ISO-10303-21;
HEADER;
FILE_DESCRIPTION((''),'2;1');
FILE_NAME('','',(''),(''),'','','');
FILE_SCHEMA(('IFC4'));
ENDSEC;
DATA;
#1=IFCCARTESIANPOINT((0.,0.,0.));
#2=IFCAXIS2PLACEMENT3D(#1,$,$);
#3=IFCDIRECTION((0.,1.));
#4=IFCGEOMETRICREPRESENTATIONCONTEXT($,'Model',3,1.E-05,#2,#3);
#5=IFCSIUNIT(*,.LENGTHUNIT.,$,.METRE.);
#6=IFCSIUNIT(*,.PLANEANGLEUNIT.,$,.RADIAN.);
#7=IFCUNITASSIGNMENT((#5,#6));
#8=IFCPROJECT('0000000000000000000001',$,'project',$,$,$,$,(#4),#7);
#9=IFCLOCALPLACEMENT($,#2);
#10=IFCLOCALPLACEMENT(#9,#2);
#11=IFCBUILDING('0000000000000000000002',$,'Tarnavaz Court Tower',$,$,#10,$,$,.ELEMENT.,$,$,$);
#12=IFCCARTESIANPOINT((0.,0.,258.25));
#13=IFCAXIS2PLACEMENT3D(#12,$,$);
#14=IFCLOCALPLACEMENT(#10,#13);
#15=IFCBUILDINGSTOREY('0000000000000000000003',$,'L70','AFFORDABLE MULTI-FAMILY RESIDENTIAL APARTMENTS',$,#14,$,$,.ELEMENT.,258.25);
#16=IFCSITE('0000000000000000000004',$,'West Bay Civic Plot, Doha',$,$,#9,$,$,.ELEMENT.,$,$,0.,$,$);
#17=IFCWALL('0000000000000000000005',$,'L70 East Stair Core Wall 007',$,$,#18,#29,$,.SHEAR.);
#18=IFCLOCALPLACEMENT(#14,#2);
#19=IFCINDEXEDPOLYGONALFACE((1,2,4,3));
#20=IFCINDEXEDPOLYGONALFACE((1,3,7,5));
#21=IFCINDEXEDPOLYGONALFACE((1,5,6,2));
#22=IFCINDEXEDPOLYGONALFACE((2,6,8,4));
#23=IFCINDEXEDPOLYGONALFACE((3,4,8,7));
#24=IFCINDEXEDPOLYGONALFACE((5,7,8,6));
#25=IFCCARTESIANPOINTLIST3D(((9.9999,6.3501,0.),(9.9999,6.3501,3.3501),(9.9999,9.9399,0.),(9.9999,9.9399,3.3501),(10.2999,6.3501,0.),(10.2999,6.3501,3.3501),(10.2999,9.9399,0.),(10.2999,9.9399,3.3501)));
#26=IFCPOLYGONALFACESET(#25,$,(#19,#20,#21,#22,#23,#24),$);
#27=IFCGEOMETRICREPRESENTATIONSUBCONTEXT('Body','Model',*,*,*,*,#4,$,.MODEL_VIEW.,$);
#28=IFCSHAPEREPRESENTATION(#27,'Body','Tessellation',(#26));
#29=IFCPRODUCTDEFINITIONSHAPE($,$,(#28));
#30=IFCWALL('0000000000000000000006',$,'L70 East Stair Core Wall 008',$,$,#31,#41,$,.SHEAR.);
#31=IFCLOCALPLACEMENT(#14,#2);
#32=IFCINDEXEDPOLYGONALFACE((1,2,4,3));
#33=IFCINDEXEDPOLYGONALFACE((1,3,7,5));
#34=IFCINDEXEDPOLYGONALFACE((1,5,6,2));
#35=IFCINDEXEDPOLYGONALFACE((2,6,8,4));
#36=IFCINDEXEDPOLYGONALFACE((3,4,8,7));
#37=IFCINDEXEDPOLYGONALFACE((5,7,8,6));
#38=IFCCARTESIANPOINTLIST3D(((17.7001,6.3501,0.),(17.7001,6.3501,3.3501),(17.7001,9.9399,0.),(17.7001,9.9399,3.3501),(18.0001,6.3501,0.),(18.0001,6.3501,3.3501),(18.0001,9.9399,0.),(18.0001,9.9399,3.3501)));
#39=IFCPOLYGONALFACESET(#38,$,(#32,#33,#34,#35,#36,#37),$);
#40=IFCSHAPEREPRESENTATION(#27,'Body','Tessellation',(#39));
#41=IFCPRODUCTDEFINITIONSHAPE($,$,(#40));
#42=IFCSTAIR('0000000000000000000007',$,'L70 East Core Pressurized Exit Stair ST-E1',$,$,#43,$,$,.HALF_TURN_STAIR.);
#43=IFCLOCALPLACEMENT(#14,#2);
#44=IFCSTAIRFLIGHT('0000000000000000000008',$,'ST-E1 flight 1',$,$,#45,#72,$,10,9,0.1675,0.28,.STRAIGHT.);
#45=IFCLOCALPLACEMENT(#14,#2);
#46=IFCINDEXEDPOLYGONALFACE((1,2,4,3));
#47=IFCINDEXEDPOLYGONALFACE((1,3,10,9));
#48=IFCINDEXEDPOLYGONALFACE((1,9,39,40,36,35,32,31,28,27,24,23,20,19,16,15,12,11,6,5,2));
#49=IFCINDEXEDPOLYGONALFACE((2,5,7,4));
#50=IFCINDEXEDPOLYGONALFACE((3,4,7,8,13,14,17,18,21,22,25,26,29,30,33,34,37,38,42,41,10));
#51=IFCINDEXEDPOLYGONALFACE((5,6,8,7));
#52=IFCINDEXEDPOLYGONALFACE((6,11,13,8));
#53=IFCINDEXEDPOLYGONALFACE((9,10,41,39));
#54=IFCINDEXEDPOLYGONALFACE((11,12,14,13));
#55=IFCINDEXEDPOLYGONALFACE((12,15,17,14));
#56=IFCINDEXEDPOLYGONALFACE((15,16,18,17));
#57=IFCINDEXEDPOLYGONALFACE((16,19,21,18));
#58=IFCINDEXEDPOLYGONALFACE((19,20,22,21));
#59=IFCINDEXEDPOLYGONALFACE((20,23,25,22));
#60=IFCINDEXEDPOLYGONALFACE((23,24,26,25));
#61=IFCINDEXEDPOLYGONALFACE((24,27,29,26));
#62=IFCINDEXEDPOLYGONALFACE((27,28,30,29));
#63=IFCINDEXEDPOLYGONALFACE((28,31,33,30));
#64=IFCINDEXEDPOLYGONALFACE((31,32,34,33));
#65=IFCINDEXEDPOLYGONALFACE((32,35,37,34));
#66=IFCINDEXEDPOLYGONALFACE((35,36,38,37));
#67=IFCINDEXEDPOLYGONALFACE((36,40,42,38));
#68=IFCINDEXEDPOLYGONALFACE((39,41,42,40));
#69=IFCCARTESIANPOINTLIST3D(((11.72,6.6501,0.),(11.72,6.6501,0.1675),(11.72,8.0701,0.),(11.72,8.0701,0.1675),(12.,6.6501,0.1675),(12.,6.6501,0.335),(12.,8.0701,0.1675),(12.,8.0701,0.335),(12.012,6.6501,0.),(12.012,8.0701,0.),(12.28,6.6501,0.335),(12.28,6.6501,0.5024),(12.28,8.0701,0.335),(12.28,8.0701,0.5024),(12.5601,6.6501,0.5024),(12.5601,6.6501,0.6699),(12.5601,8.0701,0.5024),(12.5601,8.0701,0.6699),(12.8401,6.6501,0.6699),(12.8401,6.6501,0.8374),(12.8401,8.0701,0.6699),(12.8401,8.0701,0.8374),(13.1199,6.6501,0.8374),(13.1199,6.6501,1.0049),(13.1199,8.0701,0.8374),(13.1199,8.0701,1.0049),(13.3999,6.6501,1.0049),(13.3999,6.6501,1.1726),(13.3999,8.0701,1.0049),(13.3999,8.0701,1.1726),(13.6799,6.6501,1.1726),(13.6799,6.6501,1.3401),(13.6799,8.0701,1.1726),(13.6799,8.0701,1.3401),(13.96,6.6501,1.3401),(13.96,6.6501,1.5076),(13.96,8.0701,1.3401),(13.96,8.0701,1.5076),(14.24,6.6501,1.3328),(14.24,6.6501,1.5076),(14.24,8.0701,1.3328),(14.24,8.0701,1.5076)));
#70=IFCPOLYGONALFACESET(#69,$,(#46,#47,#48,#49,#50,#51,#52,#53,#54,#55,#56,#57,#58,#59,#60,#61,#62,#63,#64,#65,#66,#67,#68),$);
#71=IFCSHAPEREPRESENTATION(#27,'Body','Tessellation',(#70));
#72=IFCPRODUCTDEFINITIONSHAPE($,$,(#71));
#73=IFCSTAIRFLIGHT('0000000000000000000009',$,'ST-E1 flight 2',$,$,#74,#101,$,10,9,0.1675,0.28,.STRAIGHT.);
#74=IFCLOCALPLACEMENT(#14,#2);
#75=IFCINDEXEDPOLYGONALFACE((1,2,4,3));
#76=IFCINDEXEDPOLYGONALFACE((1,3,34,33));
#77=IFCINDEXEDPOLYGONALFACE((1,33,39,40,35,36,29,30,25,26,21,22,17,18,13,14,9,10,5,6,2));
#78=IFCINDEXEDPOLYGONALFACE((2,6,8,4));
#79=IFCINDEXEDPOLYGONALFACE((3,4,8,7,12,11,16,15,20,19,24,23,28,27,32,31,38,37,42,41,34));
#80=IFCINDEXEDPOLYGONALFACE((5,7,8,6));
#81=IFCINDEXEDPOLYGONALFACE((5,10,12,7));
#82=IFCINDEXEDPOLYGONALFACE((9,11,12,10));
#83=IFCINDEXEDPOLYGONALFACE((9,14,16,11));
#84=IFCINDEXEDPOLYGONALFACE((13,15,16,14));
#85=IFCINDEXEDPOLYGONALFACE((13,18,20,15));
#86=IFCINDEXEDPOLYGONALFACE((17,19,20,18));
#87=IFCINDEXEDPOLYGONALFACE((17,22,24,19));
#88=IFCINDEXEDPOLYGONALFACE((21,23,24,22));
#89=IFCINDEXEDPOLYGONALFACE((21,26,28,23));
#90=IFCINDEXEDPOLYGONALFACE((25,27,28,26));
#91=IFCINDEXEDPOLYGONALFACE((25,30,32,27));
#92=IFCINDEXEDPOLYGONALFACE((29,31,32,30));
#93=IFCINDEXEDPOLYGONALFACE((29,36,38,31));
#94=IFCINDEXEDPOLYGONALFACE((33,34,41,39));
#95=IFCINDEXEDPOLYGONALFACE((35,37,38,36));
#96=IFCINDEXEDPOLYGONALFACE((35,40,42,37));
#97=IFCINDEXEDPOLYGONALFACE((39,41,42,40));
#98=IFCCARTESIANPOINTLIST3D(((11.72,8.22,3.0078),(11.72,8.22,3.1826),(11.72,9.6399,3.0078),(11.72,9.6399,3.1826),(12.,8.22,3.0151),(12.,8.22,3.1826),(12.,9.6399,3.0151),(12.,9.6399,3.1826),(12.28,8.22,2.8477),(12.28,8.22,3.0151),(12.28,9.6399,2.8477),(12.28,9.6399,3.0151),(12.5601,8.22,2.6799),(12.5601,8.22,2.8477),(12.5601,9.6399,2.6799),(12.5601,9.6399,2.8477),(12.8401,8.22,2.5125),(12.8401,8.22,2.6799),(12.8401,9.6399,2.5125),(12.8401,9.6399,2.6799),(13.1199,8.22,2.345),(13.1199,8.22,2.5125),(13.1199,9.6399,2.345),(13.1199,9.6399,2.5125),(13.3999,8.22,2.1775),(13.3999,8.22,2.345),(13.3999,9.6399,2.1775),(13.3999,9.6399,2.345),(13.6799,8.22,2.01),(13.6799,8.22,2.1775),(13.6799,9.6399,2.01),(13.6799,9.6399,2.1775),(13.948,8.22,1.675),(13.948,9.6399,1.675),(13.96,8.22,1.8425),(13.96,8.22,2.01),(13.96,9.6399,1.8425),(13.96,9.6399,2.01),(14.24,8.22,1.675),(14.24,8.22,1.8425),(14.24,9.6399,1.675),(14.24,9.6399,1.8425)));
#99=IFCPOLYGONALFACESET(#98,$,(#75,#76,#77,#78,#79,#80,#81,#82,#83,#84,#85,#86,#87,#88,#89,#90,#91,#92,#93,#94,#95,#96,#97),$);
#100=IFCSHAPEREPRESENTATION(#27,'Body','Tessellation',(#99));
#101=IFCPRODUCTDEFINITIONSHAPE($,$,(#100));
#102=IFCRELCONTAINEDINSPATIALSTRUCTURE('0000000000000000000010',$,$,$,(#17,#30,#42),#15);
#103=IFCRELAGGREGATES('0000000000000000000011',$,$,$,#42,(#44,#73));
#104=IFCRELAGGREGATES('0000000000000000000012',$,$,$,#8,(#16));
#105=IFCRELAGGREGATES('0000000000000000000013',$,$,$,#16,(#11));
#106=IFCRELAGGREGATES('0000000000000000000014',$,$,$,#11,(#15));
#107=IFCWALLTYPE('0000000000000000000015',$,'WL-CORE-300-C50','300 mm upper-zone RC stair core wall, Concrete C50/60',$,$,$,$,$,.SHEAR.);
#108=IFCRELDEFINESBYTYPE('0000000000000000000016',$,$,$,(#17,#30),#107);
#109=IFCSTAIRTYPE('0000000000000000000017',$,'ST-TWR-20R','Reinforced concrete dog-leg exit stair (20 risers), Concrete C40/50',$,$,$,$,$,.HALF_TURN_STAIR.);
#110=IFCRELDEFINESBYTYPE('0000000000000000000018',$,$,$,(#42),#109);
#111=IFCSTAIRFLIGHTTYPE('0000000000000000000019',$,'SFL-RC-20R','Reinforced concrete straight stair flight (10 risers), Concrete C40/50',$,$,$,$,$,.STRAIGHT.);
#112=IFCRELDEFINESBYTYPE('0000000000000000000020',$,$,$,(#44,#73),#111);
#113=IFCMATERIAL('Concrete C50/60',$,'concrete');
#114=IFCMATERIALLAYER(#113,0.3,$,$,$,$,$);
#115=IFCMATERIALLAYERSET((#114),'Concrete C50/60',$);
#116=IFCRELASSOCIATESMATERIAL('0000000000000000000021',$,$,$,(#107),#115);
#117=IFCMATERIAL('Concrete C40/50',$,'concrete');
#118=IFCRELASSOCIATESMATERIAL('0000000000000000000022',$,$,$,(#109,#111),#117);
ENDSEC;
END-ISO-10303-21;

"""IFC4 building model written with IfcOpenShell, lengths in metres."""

from ifc_helpers import new_model, si_unit, direction, frame, frame_2d, origin, place, context, subcontext, project, spatial, polyline, rectangle, outline, extrude, material, layer, layer_set, type_object, element, aggregate, save


model = new_model("IFC4")

# Units and contexts
model_context = context("Model", 3, precision=1e-05, world=origin(), true_north=direction((0.0, 1.0)))
body_context = subcontext(model_context, "Body", "Model", "MODEL_VIEW")
ifc_project = project(units=[si_unit("LENGTHUNIT", "METRE"), si_unit("PLANEANGLEUNIT", "RADIAN")], contexts=[model_context])

# Site, building, storey
site_placement = place(None, origin())
site = spatial("IfcSite", under=ifc_project, at=site_placement, Name="West Bay Civic Plot, Doha", CompositionType="ELEMENT", RefElevation=0.0)
building_placement = place(site_placement, origin())
building = spatial("IfcBuilding", under=site, at=building_placement, Name="Tarnavaz Court Tower", CompositionType="ELEMENT")
storey_placement = place(building_placement, frame((0.0, 0.0, 258.25)))
storey = spatial("IfcBuildingStorey", under=building, at=storey_placement, Name="L70", Description="AFFORDABLE MULTI-FAMILY RESIDENTIAL APARTMENTS", CompositionType="ELEMENT", Elevation=258.25)

# Shared definitions
ifc_material_1 = material(Name="Concrete C50/60", Category="concrete")

# Walls
ifc_layer_1 = layer(ifc_material_1, 0.3)
ifc_layer_set_1 = layer_set([ifc_layer_1], Name="Concrete C50/60")
wall_type_1 = type_object("IfcWallType", Name="WL-CORE-300-C50", Description="300 mm upper-zone RC stair core wall, Concrete C50/60", PredefinedType="SHEAR", material=ifc_layer_set_1)
for number, where, z_axis, x_axis, name in (
    (1, (10.1499, 6.3501, 0.0), (0.0, 0.0, 1.0), (0.0, 1.0, 0.0), "L70 East Stair Core Wall 007"),
    (2, (17.8501, 6.3501, 0.0), (0.0, 0.0, 1.0), (0.0, 1.0, 0.0), "L70 East Stair Core Wall 008"),
):
    element("IfcWall", number, at=place(storey_placement, frame(where, z_axis=z_axis, x_axis=x_axis)), inside=storey, type_object=wall_type_1, Name=name, PredefinedType="SHEAR", context=body_context, shape_type="SweptSolid", body=[
        extrude(rectangle(XDim=3.5898, YDim=0.3, at=frame_2d((1.7949, 0.0))), origin(), (0.0, 0.0, 1.0), 3.3501),
    ])

# Stair, stair flights
ifc_material_2 = material(Name="Concrete C40/50", Category="concrete")
stair_type = type_object("IfcStairType", Name="ST-TWR-20R", Description="Reinforced concrete dog-leg exit stair (20 risers), Concrete C40/50", PredefinedType="HALF_TURN_STAIR", material=ifc_material_2)
stair_placement = place(storey_placement, origin())
stair = element("IfcStair", 3, at=stair_placement, inside=storey, type_object=stair_type, Name="L70 East Core Pressurized Exit Stair ST-E1", PredefinedType="HALF_TURN_STAIR")
stair_flight_type = type_object("IfcStairFlightType", Name="SFL-RC-20R", Description="Reinforced concrete straight stair flight (10 risers), Concrete C40/50", PredefinedType="STRAIGHT", material=ifc_material_2)
stair_flight_1_placement = place(storey_placement, frame((11.72, 7.3601, 0.0), z_axis=(0.0, 0.0, 1.0), x_axis=(1.0, 0.0, 0.0)))
stair_flight_1 = element("IfcStairFlight", 4, at=stair_flight_1_placement, type_object=stair_flight_type, Name="ST-E1 flight 1", NumberOfRisers=10, NumberOfTreads=9, PredefinedType="STRAIGHT", RiserHeight=0.1675, TreadLength=0.28, context=body_context, shape_type="SweptSolid", body=[
    extrude(outline(polyline([(0.0, 0.0), (0.0, 0.1675), (0.28, 0.1675), (0.28, 0.335), (0.5601, 0.335), (0.5601, 0.5024), (0.8401, 0.5024), (0.8401, 0.6699), (1.1201, 0.6699), (1.1201, 0.8374), (1.3999, 0.8374), (1.3999, 1.0049), (1.6799, 1.0049), (1.6799, 1.1726), (1.96, 1.1726), (1.96, 1.3401), (2.24, 1.3401), (2.24, 1.5076), (2.52, 1.5076), (2.52, 1.675), (2.52, 1.3328), (0.292, 0.0), (0.0, 0.0)])), frame((0.0, 0.71, 0.0), z_axis=(0.0, -1.0, 0.0), x_axis=(1.0, 0.0, 0.0)), (0.0, 0.0, 1.0), 1.4199),
])
stair_flight_2_placement = place(storey_placement, frame((14.24, 8.9299, 1.675), z_axis=(0.0, 0.0, 1.0), x_axis=(-1.0, 0.0, 0.0)))
stair_flight_2 = element("IfcStairFlight", 5, at=stair_flight_2_placement, type_object=stair_flight_type, Name="ST-E1 flight 2", NumberOfRisers=10, NumberOfTreads=9, PredefinedType="STRAIGHT", RiserHeight=0.1675, TreadLength=0.28, context=body_context, shape_type="SweptSolid", body=[
    extrude(outline(polyline([(0.0, 0.0), (0.0, 0.1675), (0.28, 0.1675), (0.28, 0.335), (0.5601, 0.335), (0.5601, 0.5024), (0.8401, 0.5024), (0.8401, 0.6699), (1.1201, 0.6699), (1.1201, 0.8374), (1.3999, 0.8374), (1.3999, 1.0049), (1.6799, 1.0049), (1.6799, 1.1726), (1.96, 1.1726), (1.96, 1.3401), (2.24, 1.3401), (2.24, 1.5076), (2.52, 1.5076), (2.52, 1.675), (2.52, 1.3328), (0.292, 0.0), (0.0, 0.0)])), frame((0.0, 0.71, 0.0), z_axis=(0.0, -1.0, 0.0), x_axis=(1.0, 0.0, 0.0)), (0.0, 0.0, 1.0), 1.4199),
])
aggregate(stair, [stair_flight_1, stair_flight_2])

save(model, "model.ifc")
